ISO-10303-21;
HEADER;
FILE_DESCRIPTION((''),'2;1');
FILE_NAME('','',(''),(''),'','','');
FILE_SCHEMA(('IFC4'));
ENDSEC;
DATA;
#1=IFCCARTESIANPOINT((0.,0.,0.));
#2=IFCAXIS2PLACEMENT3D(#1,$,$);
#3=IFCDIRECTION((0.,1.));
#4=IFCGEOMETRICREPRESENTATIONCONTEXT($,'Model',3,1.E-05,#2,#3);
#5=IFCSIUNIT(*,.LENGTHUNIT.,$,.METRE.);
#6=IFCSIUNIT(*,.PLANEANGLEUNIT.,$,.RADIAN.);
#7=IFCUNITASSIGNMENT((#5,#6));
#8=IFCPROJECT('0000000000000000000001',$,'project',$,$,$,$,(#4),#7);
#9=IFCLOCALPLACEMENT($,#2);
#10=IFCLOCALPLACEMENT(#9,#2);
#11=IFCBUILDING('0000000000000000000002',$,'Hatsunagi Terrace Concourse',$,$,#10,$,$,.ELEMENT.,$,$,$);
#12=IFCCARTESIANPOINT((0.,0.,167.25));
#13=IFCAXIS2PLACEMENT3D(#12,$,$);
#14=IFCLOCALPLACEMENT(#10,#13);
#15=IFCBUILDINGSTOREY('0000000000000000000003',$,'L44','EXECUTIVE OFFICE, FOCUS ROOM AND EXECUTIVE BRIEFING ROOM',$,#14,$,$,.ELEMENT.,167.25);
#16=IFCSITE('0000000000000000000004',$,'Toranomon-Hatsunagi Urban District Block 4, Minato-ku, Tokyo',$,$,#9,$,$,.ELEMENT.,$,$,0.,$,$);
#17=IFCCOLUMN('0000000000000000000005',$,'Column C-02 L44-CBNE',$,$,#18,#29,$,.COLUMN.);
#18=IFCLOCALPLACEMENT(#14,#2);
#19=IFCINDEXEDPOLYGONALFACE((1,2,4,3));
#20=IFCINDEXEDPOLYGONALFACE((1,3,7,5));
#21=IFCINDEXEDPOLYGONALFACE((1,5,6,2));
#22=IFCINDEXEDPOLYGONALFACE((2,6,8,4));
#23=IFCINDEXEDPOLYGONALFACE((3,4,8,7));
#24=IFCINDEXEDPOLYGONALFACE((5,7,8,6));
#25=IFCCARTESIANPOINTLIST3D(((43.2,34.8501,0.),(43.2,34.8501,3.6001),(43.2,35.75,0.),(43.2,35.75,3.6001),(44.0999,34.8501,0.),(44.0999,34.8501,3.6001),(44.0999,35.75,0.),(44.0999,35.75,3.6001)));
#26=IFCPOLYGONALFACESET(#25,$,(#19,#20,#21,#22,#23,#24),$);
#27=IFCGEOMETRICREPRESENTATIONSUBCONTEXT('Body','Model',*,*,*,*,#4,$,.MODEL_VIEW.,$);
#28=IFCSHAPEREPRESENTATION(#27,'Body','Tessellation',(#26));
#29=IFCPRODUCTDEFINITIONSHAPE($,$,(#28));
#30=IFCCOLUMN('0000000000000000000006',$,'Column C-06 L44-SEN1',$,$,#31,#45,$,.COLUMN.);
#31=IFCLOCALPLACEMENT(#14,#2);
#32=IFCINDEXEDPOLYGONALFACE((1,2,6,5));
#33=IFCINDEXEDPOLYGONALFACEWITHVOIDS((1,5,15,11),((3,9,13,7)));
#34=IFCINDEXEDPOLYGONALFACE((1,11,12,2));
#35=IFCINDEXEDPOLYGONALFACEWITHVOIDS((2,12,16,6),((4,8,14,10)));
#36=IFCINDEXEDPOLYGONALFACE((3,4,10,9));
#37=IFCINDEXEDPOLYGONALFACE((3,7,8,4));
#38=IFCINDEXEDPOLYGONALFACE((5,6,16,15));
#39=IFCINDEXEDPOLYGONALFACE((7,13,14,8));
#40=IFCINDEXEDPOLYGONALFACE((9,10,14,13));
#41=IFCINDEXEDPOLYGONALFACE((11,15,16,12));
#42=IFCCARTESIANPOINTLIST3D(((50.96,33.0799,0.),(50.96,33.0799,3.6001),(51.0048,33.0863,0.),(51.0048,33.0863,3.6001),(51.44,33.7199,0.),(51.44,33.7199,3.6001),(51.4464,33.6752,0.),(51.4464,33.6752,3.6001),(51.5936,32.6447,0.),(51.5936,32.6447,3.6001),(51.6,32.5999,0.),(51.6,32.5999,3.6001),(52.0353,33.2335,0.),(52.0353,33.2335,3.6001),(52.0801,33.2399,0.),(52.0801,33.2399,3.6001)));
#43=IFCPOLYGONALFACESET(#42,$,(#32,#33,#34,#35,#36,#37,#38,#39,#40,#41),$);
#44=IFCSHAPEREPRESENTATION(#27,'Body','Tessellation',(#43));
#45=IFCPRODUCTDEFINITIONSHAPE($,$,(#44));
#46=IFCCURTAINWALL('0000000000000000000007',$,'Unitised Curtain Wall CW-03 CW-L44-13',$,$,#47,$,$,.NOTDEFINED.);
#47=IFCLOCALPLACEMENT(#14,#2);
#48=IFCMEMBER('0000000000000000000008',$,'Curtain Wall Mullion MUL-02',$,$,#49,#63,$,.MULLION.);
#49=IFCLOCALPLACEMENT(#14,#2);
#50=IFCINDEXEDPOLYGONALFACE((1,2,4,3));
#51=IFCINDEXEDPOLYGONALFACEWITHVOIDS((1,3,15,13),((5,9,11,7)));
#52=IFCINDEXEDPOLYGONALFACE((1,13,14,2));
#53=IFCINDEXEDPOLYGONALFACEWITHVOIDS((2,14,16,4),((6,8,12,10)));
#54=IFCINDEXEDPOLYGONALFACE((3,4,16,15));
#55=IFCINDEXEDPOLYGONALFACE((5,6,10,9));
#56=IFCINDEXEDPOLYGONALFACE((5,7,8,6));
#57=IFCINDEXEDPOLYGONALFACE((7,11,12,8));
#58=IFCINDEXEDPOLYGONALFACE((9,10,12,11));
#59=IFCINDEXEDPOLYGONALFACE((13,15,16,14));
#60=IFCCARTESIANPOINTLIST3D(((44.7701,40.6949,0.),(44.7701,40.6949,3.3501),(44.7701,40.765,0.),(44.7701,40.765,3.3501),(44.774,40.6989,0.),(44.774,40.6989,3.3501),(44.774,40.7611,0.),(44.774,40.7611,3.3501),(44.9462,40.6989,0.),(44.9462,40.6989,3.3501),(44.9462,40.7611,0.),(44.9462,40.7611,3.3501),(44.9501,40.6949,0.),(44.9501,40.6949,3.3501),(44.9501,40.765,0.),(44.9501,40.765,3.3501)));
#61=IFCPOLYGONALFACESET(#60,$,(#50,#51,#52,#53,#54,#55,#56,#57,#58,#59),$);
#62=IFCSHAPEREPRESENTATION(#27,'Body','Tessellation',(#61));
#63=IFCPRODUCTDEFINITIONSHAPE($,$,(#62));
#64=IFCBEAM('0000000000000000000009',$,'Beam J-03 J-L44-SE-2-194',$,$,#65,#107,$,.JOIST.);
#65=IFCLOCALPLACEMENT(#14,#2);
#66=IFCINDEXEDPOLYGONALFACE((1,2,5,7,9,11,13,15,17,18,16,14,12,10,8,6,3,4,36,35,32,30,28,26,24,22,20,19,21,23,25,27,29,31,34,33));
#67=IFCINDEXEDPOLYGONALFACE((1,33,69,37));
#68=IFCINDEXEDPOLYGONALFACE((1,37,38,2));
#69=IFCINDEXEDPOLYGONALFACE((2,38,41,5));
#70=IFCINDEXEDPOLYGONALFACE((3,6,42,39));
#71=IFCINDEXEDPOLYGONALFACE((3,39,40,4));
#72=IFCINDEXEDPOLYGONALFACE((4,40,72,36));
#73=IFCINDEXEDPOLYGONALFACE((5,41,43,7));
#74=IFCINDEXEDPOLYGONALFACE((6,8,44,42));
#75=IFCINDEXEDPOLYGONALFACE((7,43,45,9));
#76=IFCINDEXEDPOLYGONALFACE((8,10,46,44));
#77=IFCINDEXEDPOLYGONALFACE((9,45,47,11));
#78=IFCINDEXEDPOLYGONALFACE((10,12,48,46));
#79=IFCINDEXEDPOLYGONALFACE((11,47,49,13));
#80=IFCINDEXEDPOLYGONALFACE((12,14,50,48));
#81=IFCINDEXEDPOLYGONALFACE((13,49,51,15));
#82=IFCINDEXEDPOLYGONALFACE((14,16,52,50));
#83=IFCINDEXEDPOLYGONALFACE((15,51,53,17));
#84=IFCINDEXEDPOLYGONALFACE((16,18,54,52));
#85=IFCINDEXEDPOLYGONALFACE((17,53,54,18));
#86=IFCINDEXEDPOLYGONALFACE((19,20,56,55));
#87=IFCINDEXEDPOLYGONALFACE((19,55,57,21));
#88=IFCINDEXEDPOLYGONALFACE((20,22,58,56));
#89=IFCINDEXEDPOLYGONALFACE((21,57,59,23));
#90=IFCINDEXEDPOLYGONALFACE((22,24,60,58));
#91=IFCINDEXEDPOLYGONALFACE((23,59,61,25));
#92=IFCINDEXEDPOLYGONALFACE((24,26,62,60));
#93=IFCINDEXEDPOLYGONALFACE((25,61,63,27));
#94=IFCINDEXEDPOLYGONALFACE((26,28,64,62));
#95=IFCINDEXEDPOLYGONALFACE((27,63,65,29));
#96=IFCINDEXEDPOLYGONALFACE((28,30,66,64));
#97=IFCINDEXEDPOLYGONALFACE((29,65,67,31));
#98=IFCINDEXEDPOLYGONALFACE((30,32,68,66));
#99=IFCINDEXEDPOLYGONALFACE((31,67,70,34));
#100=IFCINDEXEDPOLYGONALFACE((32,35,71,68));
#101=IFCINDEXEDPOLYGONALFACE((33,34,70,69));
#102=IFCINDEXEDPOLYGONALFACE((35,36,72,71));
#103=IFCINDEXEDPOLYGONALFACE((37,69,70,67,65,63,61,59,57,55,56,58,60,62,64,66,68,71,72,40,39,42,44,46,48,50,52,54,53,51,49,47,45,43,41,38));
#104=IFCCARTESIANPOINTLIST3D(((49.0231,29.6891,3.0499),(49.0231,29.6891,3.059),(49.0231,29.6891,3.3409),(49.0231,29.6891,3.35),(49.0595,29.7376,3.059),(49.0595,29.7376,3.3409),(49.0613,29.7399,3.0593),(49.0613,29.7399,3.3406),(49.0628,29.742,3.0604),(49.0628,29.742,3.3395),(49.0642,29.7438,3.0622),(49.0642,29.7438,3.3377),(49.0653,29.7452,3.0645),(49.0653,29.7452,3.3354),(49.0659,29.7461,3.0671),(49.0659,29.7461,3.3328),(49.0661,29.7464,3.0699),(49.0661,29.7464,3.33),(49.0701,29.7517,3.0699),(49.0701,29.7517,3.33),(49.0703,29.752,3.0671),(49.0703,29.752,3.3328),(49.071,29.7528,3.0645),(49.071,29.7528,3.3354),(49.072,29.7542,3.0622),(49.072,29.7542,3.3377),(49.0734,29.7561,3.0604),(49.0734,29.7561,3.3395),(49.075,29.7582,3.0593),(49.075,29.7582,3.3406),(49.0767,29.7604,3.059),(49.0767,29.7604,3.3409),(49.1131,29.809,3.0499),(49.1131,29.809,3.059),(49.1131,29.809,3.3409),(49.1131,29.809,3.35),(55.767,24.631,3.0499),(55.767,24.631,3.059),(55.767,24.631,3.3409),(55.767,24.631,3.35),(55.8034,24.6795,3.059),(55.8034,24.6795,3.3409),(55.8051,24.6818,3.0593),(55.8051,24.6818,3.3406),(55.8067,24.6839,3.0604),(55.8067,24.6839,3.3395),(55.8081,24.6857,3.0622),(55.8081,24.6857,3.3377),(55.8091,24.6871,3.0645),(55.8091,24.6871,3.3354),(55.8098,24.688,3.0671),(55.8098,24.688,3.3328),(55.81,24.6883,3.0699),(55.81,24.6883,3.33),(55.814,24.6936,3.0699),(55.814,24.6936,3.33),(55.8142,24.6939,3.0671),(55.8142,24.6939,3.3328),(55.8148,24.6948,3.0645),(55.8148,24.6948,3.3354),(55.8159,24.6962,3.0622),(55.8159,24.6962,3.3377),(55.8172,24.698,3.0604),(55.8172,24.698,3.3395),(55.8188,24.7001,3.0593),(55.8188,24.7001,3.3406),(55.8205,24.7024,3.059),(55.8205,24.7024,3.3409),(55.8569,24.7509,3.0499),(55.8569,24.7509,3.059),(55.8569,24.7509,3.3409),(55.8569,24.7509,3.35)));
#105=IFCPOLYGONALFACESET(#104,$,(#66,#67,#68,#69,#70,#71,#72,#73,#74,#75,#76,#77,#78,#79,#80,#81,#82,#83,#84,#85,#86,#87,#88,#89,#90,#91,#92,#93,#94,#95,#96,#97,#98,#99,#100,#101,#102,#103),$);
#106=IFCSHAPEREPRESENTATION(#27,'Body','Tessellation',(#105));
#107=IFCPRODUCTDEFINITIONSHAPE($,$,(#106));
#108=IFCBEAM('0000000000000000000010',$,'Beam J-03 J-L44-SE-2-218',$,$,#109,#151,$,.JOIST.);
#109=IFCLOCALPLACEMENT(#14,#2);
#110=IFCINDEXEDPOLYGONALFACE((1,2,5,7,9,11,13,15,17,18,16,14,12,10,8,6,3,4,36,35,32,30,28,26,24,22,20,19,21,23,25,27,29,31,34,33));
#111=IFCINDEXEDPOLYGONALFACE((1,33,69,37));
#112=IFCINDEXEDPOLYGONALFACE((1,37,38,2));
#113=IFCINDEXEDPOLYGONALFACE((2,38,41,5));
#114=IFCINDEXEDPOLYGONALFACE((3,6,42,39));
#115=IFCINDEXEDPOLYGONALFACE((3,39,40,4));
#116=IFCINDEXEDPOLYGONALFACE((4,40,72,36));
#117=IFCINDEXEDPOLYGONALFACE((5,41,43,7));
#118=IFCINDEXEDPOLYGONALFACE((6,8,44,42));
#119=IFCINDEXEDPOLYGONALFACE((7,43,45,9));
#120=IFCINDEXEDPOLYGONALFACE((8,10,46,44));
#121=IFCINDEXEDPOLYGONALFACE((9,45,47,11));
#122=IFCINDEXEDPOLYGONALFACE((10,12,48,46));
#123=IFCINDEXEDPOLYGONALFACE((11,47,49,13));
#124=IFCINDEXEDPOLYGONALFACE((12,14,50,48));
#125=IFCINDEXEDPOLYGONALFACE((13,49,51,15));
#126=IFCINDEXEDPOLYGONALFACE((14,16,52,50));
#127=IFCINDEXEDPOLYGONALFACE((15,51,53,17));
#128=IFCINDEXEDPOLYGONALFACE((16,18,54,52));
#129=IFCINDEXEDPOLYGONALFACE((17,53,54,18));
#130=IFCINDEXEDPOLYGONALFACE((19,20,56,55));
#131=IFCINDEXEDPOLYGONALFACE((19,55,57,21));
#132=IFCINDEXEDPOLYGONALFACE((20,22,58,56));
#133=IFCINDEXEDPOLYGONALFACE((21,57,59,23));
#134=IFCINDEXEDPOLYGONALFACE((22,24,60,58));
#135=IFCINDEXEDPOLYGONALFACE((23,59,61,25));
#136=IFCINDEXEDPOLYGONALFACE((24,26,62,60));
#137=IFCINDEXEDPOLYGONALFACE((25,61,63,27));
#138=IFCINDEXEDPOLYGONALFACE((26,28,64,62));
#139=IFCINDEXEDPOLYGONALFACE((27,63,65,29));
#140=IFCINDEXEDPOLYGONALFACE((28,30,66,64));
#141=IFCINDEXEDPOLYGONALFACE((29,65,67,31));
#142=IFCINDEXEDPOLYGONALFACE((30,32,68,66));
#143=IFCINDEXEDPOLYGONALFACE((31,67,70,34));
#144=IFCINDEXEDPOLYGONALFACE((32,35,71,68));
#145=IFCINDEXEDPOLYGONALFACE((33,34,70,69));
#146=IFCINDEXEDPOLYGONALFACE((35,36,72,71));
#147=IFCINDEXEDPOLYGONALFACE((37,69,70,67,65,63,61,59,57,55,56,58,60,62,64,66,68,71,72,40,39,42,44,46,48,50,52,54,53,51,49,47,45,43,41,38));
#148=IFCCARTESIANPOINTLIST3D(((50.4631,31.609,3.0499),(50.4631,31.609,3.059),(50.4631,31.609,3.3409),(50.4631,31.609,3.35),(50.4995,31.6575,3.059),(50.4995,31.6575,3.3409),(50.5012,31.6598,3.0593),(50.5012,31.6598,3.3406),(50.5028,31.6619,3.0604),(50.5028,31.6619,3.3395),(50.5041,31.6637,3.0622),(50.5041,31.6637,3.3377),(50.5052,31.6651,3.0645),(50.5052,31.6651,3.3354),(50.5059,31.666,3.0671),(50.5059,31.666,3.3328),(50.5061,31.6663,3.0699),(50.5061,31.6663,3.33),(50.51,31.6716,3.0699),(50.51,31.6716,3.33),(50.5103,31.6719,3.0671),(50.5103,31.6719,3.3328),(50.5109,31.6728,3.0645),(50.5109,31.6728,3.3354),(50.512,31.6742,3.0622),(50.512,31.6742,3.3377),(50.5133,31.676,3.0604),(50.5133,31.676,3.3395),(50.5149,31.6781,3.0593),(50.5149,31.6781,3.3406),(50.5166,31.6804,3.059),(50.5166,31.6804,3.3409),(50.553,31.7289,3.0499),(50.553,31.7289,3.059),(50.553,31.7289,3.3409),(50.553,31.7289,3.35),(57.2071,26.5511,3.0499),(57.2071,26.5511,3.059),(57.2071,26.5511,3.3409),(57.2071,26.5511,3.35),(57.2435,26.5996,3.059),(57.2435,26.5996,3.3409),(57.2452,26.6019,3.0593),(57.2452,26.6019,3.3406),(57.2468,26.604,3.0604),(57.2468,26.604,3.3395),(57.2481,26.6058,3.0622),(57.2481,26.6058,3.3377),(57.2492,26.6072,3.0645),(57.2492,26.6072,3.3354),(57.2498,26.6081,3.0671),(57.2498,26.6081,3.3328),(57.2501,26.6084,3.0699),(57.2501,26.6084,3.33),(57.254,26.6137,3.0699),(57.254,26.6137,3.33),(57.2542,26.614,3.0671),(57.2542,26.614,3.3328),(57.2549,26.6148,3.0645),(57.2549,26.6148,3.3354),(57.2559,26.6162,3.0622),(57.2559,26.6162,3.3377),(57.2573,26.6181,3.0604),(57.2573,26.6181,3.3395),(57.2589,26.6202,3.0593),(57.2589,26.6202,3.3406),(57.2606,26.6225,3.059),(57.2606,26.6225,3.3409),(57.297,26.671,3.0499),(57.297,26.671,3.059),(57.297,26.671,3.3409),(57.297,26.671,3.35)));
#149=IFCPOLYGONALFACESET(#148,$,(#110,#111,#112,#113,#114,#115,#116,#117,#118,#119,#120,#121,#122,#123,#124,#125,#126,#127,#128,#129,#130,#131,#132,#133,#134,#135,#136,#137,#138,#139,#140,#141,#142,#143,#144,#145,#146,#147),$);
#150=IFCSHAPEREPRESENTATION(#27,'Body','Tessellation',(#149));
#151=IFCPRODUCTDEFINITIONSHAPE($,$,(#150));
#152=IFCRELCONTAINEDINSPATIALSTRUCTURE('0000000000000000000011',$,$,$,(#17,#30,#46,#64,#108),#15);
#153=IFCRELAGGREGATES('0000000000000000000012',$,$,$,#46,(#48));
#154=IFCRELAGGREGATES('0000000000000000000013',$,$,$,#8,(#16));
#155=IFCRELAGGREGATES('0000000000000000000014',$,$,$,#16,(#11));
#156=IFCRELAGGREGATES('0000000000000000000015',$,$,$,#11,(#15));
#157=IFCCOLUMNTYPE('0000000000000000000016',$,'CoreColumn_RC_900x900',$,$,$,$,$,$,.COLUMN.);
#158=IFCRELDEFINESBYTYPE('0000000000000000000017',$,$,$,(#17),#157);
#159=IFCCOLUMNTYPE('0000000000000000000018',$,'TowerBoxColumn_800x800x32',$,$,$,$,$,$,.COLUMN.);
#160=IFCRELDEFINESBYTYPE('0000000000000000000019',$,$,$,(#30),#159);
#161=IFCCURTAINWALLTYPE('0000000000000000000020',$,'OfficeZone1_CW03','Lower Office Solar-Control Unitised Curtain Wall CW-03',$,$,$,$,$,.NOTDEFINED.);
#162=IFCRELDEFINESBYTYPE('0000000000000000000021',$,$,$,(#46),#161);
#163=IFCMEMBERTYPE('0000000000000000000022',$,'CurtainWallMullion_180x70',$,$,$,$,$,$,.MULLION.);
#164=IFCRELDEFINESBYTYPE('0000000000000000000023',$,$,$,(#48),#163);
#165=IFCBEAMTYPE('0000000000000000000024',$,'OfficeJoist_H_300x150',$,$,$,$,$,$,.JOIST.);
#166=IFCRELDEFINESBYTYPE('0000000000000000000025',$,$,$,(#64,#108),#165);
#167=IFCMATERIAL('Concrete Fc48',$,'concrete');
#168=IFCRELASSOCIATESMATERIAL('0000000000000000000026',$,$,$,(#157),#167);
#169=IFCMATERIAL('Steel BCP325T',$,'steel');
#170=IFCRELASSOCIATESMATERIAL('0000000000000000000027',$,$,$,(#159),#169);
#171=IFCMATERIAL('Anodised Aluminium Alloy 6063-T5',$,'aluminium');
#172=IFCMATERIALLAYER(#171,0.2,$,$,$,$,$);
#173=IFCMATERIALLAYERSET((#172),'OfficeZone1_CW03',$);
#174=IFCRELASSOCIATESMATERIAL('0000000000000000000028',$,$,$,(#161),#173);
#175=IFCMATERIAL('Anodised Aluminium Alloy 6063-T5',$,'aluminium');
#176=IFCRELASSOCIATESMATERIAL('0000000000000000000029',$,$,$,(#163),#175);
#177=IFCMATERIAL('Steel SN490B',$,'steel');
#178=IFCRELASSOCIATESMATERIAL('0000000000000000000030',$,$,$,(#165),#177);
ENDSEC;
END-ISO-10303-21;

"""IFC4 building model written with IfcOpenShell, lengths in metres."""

from ifc_helpers import new_model, si_unit, direction, frame, origin, origin_2d, place, context, subcontext, project, spatial, rectangle, hollow_rectangle, i_section, extrude, material, layer, layer_set, material_profile, profile_set, type_object, element, aggregate, save


model = new_model("IFC4")

# Units and contexts
model_context = context("Model", 3, precision=1e-05, world=origin(), true_north=direction((0.0, 1.0)))
body_context = subcontext(model_context, "Body", "Model", "MODEL_VIEW")
ifc_project = project(units=[si_unit("LENGTHUNIT", "METRE"), si_unit("PLANEANGLEUNIT", "RADIAN")], contexts=[model_context])

# Site, building, storey
site_placement = place(None, origin())
site = spatial("IfcSite", under=ifc_project, at=site_placement, Name="Toranomon-Hatsunagi Urban District Block 4, Minato-ku, Tokyo", CompositionType="ELEMENT", RefElevation=0.0)
building_placement = place(site_placement, origin())
building = spatial("IfcBuilding", under=site, at=building_placement, Name="Hatsunagi Terrace Concourse", CompositionType="ELEMENT")
storey_placement = place(building_placement, frame((0.0, 0.0, 167.25)))
storey = spatial("IfcBuildingStorey", under=building, at=storey_placement, Name="L44", Description="EXECUTIVE OFFICE, FOCUS ROOM AND EXECUTIVE BRIEFING ROOM", CompositionType="ELEMENT", Elevation=167.25)

# Columns
ifc_material_1 = material(Name="Concrete Fc48", Category="concrete")
ifc_material_profile_1 = material_profile(ifc_material_1, rectangle(XDim=0.8999, YDim=0.8999, at=origin_2d()), Name="RC-900x900")
ifc_profile_set_1 = profile_set([ifc_material_profile_1], Name="Concrete Fc48")
column_type_1 = type_object("IfcColumnType", Name="CoreColumn_RC_900x900", PredefinedType="COLUMN", material=ifc_profile_set_1)
column_1_placement = place(storey_placement, frame((43.6499, 35.3, 0.0), z_axis=(0.0, 0.0, 1.0), x_axis=(1.0, 0.0, 0.0)))
element("IfcColumn", 1, at=column_1_placement, inside=storey, type_object=column_type_1, Name="Column C-02 L44-CBNE", PredefinedType="COLUMN", context=body_context, shape_type="SweptSolid", body=[
    extrude(rectangle(XDim=0.8999, YDim=0.8999, at=origin_2d()), origin(), (0.0, 0.0, 1.0), 3.6001),
])
ifc_material_2 = material(Name="Steel BCP325T", Category="steel")
ifc_material_profile_2 = material_profile(ifc_material_2, hollow_rectangle(XDim=0.8, YDim=0.8, WallThickness=0.032, at=origin_2d()), Name="BCP-800x800x32")
ifc_profile_set_2 = profile_set([ifc_material_profile_2], Name="Steel BCP325T")
column_type_2 = type_object("IfcColumnType", Name="TowerBoxColumn_800x800x32", PredefinedType="COLUMN", material=ifc_profile_set_2)
column_2_placement = place(storey_placement, frame((51.52, 33.1599, 0.0), z_axis=(0.0, 0.0, 1.0), x_axis=(0.8, -0.6, 0.0)))
element("IfcColumn", 2, at=column_2_placement, inside=storey, type_object=column_type_2, Name="Column C-06 L44-SEN1", PredefinedType="COLUMN", context=body_context, shape_type="SweptSolid", body=[
    extrude(hollow_rectangle(XDim=0.8, YDim=0.8, WallThickness=0.032, at=origin_2d()), origin(), (0.0, 0.0, 1.0), 3.6001),
])

# Curtain wall, member
ifc_material_3 = material(Name="Anodised Aluminium Alloy 6063-T5", Category="aluminium")
ifc_layer_1 = layer(ifc_material_3, 0.2)
ifc_layer_set_1 = layer_set([ifc_layer_1], Name="OfficeZone1_CW03")
curtain_wall_type = type_object("IfcCurtainWallType", Name="OfficeZone1_CW03", Description="Lower Office Solar-Control Unitised Curtain Wall CW-03", PredefinedType="NOTDEFINED", material=ifc_layer_set_1)
curtain_wall_placement = place(storey_placement, origin())
curtain_wall = element("IfcCurtainWall", 3, at=curtain_wall_placement, inside=storey, type_object=curtain_wall_type, Name="Unitised Curtain Wall CW-03 CW-L44-13", PredefinedType="NOTDEFINED")
ifc_material_4 = material(Name="Anodised Aluminium Alloy 6063-T5", Category="aluminium")
ifc_material_profile_3 = material_profile(ifc_material_4, hollow_rectangle(XDim=0.0701, YDim=0.1799, WallThickness=0.0039, at=origin_2d()), Name="ALU-MUL-180x70x4")
ifc_profile_set_3 = profile_set([ifc_material_profile_3], Name="Anodised Aluminium Alloy 6063-T5")
member_type = type_object("IfcMemberType", Name="CurtainWallMullion_180x70", PredefinedType="MULLION", material=ifc_profile_set_3)
member_placement = place(storey_placement, frame((44.8601, 40.73, 0.0), z_axis=(0.0, 0.0, 1.0), x_axis=(0.0, -1.0, 0.0)))
member = element("IfcMember", 4, at=member_placement, type_object=member_type, Name="Curtain Wall Mullion MUL-02", PredefinedType="MULLION", context=body_context, shape_type="SweptSolid", body=[
    extrude(hollow_rectangle(XDim=0.0701, YDim=0.1799, WallThickness=0.0039, at=origin_2d()), origin(), (0.0, 0.0, 1.0), 3.3501),
])

# Beams
ifc_material_5 = material(Name="Steel SN490B", Category="steel")
ifc_material_profile_4 = material_profile(ifc_material_5, i_section(OverallWidth=0.1499, OverallDepth=0.3, WebThickness=0.0066, FlangeThickness=0.009, FilletRadius=0.011, at=origin_2d()), Name="H-300x150x6.5x9")
ifc_profile_set_4 = profile_set([ifc_material_profile_4], Name="Steel SN490B")
beam_type_1 = type_object("IfcBeamType", Name="OfficeJoist_H_300x150", PredefinedType="JOIST", material=ifc_profile_set_4)
for number, where, z_axis, x_axis, name in (
    (5, (49.0681, 29.749, 3.2), (0.79999, -0.600014, 0.0), (0.600014, 0.79999, 0.0), "Beam J-03 J-L44-SE-2-194"),
    (6, (50.5081, 31.6689, 3.2), (0.800003, -0.599995, 0.0), (0.599995, 0.800003, 0.0), "Beam J-03 J-L44-SE-2-218"),
):
    element("IfcBeam", number, at=place(storey_placement, frame(where, z_axis=z_axis, x_axis=x_axis)), inside=storey, type_object=beam_type_1, Name=name, PredefinedType="JOIST", context=body_context, shape_type="SweptSolid", body=[
        extrude(i_section(OverallWidth=0.1499, OverallDepth=0.3, WebThickness=0.0066, FlangeThickness=0.009, FilletRadius=0.011, at=origin_2d()), origin(), (0.0, 0.0, 1.0), 8.4299),
    ])

aggregate(curtain_wall, [member])

save(model, "model.ifc")
